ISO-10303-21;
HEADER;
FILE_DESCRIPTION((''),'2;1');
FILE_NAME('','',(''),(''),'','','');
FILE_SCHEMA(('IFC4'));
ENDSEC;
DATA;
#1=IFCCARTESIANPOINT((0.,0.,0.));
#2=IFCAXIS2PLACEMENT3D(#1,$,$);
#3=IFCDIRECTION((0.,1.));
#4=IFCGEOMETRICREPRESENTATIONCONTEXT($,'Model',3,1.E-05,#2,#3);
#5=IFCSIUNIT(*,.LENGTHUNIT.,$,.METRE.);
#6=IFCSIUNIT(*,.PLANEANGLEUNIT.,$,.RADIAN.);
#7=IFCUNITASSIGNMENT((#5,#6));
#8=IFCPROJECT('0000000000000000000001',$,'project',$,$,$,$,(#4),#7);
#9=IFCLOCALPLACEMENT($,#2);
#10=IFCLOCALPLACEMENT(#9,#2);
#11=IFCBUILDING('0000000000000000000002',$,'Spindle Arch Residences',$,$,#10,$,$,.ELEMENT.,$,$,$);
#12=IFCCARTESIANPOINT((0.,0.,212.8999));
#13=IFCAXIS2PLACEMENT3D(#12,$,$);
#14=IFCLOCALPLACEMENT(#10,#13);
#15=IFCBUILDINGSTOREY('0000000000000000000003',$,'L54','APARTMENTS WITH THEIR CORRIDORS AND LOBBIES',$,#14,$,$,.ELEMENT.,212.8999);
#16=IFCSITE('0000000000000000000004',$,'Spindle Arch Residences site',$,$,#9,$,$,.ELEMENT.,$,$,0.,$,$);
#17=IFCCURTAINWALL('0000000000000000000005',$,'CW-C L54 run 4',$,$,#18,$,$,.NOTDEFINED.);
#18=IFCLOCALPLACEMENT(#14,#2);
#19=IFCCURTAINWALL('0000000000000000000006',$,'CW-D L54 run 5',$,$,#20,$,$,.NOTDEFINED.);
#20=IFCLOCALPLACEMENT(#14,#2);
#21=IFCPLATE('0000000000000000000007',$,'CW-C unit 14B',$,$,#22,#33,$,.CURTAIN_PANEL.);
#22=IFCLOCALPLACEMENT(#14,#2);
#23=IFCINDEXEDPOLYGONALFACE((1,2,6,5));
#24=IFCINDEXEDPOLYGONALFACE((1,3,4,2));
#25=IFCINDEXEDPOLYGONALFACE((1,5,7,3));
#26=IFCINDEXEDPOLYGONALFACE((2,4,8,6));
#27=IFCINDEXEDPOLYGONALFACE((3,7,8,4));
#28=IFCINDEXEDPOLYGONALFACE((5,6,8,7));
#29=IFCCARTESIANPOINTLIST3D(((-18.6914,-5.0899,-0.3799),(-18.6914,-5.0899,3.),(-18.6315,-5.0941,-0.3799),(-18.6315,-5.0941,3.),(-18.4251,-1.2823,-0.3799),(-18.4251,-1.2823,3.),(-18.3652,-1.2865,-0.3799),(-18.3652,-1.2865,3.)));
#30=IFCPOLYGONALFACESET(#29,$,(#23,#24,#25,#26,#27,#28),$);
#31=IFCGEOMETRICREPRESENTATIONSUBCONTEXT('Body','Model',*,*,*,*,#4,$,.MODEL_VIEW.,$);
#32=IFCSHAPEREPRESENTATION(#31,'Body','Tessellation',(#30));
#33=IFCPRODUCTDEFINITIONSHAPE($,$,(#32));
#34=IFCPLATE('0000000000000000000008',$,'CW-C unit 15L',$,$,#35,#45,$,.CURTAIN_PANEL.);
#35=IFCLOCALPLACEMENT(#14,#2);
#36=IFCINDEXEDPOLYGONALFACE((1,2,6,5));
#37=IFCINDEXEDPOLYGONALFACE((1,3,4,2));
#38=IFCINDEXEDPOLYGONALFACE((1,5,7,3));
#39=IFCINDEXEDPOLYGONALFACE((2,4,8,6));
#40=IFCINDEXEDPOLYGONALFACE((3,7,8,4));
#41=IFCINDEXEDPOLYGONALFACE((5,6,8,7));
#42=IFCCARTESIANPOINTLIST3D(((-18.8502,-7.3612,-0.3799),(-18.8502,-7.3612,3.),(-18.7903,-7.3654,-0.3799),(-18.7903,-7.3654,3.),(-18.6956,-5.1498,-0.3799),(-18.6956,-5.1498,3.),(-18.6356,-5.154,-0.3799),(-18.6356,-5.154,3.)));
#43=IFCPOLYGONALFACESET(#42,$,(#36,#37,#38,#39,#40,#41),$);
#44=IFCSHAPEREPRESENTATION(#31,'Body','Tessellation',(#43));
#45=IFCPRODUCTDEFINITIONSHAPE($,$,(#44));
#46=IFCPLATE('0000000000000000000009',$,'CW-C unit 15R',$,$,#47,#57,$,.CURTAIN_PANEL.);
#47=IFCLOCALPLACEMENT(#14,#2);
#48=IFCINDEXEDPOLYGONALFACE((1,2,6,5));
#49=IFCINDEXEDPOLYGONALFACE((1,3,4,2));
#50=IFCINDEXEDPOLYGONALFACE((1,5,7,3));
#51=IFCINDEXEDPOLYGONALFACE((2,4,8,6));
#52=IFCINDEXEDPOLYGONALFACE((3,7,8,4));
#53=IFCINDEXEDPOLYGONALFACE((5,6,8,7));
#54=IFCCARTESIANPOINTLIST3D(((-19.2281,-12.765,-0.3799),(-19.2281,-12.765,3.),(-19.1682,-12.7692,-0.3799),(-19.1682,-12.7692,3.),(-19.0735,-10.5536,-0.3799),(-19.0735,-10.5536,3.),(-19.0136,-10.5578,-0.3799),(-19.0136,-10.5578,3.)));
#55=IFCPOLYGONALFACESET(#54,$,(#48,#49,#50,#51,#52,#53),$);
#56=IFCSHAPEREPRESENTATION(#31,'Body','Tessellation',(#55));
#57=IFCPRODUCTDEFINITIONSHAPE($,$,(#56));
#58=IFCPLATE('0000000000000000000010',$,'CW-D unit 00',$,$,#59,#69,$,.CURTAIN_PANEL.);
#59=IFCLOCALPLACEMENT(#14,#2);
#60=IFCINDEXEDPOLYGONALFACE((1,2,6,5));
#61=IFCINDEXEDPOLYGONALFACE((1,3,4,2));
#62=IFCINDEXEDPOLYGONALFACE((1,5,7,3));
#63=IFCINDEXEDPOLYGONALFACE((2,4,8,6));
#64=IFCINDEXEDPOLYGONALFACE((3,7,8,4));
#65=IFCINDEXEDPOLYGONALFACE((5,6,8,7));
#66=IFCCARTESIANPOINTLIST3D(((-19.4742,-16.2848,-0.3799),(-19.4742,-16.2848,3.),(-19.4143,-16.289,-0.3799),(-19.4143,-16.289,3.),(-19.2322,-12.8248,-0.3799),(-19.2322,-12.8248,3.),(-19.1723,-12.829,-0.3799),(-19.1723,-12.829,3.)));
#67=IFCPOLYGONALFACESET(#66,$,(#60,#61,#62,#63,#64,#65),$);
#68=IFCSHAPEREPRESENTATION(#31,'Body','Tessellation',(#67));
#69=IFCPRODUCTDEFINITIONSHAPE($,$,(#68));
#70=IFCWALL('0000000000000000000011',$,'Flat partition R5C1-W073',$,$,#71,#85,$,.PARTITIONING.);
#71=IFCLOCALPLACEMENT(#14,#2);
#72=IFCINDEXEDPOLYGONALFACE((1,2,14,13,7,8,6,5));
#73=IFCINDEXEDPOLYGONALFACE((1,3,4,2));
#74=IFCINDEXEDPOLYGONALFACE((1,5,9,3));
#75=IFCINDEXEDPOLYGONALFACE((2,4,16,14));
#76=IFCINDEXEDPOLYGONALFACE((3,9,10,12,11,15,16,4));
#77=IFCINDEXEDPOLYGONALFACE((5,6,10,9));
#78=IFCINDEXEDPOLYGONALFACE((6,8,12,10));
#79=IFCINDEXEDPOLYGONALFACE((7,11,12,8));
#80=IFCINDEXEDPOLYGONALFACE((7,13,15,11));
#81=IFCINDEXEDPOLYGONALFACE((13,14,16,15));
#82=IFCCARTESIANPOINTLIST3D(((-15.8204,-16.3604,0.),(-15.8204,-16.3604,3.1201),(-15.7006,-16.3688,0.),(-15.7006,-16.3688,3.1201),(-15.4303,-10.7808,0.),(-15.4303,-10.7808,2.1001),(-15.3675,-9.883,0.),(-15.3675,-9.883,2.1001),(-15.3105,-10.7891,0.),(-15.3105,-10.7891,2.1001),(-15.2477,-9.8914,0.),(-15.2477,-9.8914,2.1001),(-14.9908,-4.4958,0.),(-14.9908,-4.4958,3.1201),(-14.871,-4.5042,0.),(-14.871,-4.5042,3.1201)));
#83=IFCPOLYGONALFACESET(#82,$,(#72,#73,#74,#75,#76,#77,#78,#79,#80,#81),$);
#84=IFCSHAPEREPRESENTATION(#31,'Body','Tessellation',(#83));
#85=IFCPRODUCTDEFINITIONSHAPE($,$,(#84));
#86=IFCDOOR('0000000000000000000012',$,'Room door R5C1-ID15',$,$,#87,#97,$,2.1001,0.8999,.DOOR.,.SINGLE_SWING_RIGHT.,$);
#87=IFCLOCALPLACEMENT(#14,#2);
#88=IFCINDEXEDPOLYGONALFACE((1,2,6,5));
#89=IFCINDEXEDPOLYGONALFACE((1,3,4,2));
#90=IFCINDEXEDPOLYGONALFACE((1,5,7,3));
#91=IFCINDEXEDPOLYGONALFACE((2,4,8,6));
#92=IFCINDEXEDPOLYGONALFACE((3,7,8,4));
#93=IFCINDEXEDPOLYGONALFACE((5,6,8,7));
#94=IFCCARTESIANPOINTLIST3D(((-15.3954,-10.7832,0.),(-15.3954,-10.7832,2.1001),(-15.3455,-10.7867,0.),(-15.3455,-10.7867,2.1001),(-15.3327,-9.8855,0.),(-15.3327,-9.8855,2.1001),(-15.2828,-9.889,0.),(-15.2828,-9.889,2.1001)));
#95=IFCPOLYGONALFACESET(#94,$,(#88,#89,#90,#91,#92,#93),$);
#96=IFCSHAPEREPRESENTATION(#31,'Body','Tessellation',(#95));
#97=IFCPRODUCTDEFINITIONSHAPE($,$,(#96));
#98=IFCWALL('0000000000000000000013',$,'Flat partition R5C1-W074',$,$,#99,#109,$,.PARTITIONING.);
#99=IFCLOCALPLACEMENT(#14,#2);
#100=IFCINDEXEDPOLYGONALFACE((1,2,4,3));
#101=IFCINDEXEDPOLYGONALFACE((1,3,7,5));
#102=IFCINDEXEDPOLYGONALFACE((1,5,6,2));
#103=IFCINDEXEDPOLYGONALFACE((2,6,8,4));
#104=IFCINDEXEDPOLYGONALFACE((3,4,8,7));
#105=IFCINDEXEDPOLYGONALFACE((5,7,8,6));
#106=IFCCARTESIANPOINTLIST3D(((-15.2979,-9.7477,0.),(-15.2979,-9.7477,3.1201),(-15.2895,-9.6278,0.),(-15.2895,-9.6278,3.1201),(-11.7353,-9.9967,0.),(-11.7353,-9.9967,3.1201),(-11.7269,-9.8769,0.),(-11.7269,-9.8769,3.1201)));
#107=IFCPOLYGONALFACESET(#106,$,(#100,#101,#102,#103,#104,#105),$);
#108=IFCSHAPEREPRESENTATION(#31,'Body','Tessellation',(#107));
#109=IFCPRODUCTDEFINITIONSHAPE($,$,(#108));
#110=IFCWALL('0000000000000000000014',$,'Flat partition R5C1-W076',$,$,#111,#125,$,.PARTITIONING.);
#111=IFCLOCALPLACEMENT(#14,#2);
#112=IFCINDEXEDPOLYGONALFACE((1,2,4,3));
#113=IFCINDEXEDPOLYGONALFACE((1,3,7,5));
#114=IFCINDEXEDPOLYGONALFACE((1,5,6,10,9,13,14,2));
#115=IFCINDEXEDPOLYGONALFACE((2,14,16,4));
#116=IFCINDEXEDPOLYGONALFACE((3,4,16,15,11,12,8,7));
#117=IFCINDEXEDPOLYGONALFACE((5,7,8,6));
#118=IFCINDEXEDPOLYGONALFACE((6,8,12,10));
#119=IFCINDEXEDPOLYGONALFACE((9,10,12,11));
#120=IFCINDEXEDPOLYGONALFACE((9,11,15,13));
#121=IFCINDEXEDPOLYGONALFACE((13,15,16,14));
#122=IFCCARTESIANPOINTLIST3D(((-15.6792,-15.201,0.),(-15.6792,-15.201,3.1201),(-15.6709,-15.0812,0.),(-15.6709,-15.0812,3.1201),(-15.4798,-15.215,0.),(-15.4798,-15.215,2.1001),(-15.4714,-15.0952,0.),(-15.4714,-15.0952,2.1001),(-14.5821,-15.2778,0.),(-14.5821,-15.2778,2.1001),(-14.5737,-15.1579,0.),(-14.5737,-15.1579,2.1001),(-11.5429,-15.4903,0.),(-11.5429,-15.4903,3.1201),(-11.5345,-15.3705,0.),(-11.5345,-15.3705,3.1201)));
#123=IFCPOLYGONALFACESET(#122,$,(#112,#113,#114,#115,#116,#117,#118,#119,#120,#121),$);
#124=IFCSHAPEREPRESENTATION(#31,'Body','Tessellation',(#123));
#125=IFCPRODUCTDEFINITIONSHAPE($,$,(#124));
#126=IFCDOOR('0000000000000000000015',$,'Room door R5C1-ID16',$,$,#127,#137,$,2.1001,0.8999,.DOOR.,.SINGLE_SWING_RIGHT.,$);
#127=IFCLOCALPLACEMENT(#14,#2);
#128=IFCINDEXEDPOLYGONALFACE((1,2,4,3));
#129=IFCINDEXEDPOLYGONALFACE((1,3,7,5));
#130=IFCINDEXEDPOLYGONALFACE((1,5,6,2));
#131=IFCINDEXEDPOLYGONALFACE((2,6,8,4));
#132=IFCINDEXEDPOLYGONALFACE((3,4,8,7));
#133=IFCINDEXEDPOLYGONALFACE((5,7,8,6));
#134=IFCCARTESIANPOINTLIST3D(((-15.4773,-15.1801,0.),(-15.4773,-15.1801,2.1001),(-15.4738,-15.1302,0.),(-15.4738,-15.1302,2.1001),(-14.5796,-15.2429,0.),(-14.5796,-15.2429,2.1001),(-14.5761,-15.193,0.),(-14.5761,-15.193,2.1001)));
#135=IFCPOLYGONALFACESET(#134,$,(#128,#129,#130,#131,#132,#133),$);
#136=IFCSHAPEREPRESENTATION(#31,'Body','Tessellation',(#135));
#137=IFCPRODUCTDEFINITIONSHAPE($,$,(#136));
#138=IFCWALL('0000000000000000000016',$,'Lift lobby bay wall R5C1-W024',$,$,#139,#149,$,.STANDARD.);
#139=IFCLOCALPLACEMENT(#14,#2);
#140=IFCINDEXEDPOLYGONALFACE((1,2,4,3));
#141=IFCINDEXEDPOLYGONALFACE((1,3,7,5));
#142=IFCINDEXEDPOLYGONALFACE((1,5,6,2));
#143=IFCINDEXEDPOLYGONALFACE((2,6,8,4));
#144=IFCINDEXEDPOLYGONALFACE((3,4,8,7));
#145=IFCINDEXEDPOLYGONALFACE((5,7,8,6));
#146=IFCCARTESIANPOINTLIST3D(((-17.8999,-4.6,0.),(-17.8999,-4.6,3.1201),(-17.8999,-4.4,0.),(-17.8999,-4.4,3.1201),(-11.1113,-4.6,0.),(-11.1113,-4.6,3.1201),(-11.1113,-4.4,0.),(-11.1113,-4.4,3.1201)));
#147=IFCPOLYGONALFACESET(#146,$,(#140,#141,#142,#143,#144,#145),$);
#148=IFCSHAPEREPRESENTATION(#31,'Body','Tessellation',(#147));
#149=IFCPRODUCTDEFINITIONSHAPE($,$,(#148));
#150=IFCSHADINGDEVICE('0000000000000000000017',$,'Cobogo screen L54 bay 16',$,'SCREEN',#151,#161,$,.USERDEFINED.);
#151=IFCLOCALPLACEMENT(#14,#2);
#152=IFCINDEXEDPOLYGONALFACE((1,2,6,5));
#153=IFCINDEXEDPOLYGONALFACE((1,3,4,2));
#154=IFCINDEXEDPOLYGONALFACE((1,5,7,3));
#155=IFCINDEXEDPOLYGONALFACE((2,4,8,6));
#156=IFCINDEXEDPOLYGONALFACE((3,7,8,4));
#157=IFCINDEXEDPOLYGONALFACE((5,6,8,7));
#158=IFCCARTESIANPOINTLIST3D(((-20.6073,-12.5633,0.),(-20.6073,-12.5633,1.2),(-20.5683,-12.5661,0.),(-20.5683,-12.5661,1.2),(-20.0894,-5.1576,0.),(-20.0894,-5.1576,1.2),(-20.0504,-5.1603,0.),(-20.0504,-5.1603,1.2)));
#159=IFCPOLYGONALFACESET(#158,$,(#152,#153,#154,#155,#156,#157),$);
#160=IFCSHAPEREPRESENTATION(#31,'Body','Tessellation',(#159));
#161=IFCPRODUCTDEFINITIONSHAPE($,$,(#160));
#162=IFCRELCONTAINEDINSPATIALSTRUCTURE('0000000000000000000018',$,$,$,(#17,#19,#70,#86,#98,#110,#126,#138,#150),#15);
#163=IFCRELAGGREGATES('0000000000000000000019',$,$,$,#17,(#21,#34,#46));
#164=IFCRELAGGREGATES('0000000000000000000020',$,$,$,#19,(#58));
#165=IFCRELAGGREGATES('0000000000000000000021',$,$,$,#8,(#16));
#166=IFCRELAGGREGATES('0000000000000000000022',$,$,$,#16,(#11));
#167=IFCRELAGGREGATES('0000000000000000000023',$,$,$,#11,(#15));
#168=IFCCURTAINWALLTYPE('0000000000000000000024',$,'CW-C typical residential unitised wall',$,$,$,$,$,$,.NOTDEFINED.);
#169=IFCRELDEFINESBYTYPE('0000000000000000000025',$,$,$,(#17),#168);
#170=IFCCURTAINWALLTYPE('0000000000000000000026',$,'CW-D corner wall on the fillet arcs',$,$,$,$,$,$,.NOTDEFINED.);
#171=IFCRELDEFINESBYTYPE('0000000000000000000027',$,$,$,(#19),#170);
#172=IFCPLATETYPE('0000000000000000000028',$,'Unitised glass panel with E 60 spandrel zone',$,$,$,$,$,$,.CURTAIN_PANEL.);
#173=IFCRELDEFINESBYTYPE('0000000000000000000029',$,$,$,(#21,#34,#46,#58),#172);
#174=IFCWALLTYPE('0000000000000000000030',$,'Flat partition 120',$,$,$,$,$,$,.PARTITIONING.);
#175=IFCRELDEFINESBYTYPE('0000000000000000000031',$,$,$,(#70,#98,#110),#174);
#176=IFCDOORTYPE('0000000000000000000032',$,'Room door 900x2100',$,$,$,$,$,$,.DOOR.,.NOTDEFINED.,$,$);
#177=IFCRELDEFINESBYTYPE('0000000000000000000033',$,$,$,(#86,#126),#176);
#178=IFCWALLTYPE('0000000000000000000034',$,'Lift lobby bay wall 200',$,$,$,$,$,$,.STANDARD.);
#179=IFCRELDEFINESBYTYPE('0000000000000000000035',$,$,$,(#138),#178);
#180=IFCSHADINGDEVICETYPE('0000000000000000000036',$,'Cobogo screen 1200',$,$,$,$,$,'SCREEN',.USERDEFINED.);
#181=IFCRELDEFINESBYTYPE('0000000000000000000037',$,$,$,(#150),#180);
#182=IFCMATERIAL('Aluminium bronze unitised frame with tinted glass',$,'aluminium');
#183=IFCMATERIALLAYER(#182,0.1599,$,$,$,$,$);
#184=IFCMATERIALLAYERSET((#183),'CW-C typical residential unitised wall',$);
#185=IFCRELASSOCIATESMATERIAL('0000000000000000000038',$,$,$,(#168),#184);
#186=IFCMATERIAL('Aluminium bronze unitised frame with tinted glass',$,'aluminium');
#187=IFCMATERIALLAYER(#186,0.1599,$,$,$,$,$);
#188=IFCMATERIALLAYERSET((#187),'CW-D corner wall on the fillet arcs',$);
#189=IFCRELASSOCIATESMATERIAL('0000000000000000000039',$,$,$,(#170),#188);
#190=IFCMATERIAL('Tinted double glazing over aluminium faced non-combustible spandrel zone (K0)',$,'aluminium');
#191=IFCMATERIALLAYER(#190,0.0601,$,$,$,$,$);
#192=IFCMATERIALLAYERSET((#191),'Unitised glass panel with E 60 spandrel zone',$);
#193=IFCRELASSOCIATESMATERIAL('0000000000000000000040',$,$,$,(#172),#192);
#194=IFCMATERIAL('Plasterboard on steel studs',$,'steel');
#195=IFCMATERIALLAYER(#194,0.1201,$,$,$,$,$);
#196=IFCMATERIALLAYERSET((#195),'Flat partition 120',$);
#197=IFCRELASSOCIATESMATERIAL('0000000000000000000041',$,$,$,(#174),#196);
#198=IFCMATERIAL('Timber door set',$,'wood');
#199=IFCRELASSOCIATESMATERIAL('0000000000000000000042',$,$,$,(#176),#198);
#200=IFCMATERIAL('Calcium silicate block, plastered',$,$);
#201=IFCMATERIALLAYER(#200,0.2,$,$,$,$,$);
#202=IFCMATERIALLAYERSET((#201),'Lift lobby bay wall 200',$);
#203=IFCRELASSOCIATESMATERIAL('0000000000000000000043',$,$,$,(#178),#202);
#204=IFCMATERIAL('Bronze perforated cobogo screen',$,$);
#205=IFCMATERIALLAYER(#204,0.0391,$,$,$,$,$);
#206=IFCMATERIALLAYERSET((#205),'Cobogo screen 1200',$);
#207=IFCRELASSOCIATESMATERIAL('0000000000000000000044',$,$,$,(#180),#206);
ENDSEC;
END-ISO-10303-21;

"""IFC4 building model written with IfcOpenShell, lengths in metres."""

from ifc_helpers import new_model, si_unit, direction, frame, frame_2d, origin, origin_2d, place, context, subcontext, project, spatial, rectangle, extrude, material, layer, layer_set, type_object, element, fill, aggregate, save


model = new_model("IFC4")

# Units and contexts
model_context = context("Model", 3, precision=1e-05, world=origin(), true_north=direction((0.0, 1.0)))
body_context = subcontext(model_context, "Body", "Model", "MODEL_VIEW")
ifc_project = project(units=[si_unit("LENGTHUNIT", "METRE"), si_unit("PLANEANGLEUNIT", "RADIAN")], contexts=[model_context])

# Site, building, storey
site_placement = place(None, origin())
site = spatial("IfcSite", under=ifc_project, at=site_placement, Name="Spindle Arch Residences site", CompositionType="ELEMENT", RefElevation=0.0)
building_placement = place(site_placement, origin())
building = spatial("IfcBuilding", under=site, at=building_placement, Name="Spindle Arch Residences", CompositionType="ELEMENT")
storey_placement = place(building_placement, frame((0.0, 0.0, 212.8999)))
storey = spatial("IfcBuildingStorey", under=building, at=storey_placement, Name="L54", Description="APARTMENTS WITH THEIR CORRIDORS AND LOBBIES", CompositionType="ELEMENT", Elevation=212.8999)

# Curtain wall
ifc_material_1 = material(Name="Aluminium bronze unitised frame with tinted glass", Category="aluminium")
ifc_layer_1 = layer(ifc_material_1, 0.1599)
ifc_layer_set_1 = layer_set([ifc_layer_1], Name="CW-C typical residential unitised wall")
curtain_wall_type_1 = type_object("IfcCurtainWallType", Name="CW-C typical residential unitised wall", PredefinedType="NOTDEFINED", material=ifc_layer_set_1)
curtain_wall_1_placement = place(storey_placement, origin())
curtain_wall_1 = element("IfcCurtainWall", 1, at=curtain_wall_1_placement, inside=storey, type_object=curtain_wall_type_1, Name="CW-C L54 run 4", PredefinedType="NOTDEFINED")

# Curtain wall
ifc_material_2 = material(Name="Aluminium bronze unitised frame with tinted glass", Category="aluminium")
ifc_layer_2 = layer(ifc_material_2, 0.1599)
ifc_layer_set_2 = layer_set([ifc_layer_2], Name="CW-D corner wall on the fillet arcs")
curtain_wall_type_2 = type_object("IfcCurtainWallType", Name="CW-D corner wall on the fillet arcs", PredefinedType="NOTDEFINED", material=ifc_layer_set_2)
curtain_wall_2_placement = place(storey_placement, origin())
curtain_wall_2 = element("IfcCurtainWall", 2, at=curtain_wall_2_placement, inside=storey, type_object=curtain_wall_type_2, Name="CW-D L54 run 5", PredefinedType="NOTDEFINED")

# Plates
ifc_material_3 = material(Name="Tinted double glazing over aluminium faced non-combustible spandrel zone (K0)", Category="aluminium")
ifc_layer_3 = layer(ifc_material_3, 0.0601)
ifc_layer_set_3 = layer_set([ifc_layer_3], Name="Unitised glass panel with E 60 spandrel zone")
plate_type = type_object("IfcPlateType", Name="Unitised glass panel with E 60 spandrel zone", PredefinedType="CURTAIN_PANEL", material=ifc_layer_set_3)
plate_1_placement = place(storey_placement, frame((-18.5283, -3.1882, -0.3799), z_axis=(0.0, 0.0, 1.0), x_axis=(-0.069756, -0.997564, 0.0)))
plate_1 = element("IfcPlate", 3, at=plate_1_placement, type_object=plate_type, Name="CW-C unit 14B", PredefinedType="CURTAIN_PANEL", context=body_context, shape_type="SweptSolid", body=[
    extrude(rectangle(XDim=3.8169, YDim=0.0601, at=origin_2d()), origin(), (0.0, 0.0, 1.0), 3.3799),
])
plate_2_placement = place(storey_placement, frame((-18.7429, -6.2576, -0.3799), z_axis=(0.0, 0.0, 1.0), x_axis=(-0.069756, -0.997564, 0.0)))
plate_2 = element("IfcPlate", 4, at=plate_2_placement, type_object=plate_type, Name="CW-C unit 15L", PredefinedType="CURTAIN_PANEL", context=body_context, shape_type="SweptSolid", body=[
    extrude(rectangle(XDim=2.2168, YDim=0.0601, at=origin_2d()), origin(), (0.0, 0.0, 1.0), 3.3799),
])
plate_3_placement = place(storey_placement, frame((-19.1208, -11.6614, -0.3799), z_axis=(0.0, 0.0, 1.0), x_axis=(-0.069756, -0.997564, 0.0)))
plate_3 = element("IfcPlate", 5, at=plate_3_placement, type_object=plate_type, Name="CW-C unit 15R", PredefinedType="CURTAIN_PANEL", context=body_context, shape_type="SweptSolid", body=[
    extrude(rectangle(XDim=2.2168, YDim=0.0601, at=origin_2d()), origin(), (0.0, 0.0, 1.0), 3.3799),
])
aggregate(curtain_wall_1, [plate_1, plate_2, plate_3])
plate_4_placement = place(storey_placement, frame((-19.3232, -14.5569, -0.3799), z_axis=(0.0, 0.0, 1.0), x_axis=(-0.069756, -0.997564, 0.0)))
plate_4 = element("IfcPlate", 6, at=plate_4_placement, type_object=plate_type, Name="CW-D unit 00", PredefinedType="CURTAIN_PANEL", context=body_context, shape_type="SweptSolid", body=[
    extrude(rectangle(XDim=3.4685, YDim=0.0601, at=origin_2d()), origin(), (0.0, 0.0, 1.0), 3.3799),
])
aggregate(curtain_wall_2, [plate_4])

# Wall, opening, door
ifc_material_4 = material(Name="Plasterboard on steel studs", Category="steel")
ifc_layer_4 = layer(ifc_material_4, 0.1201)
ifc_layer_set_4 = layer_set([ifc_layer_4], Name="Flat partition 120")
wall_type_1 = type_object("IfcWallType", Name="Flat partition 120", PredefinedType="PARTITIONING", material=ifc_layer_set_4)
wall_1_placement = place(storey_placement, frame((-14.9309, -4.5, 0.0), z_axis=(0.0, 0.0, 1.0), x_axis=(-0.069752, -0.997564, 0.0)))
wall_1 = element("IfcWall", 7, at=wall_1_placement, inside=storey, type_object=wall_type_1, Name="Flat partition R5C1-W073", PredefinedType="PARTITIONING", context=body_context, shape_type="SweptSolid", body=[
    extrude(rectangle(XDim=11.8936, YDim=0.1201, at=frame_2d((5.9468, 0.0))), origin(), (0.0, 0.0, 1.0), 3.1201),
])
opening_1_placement = place(wall_1_placement, frame((5.4004, 0.0, 0.0)))
opening_1 = element("IfcOpeningElement", 8, at=opening_1_placement, cuts=wall_1, PredefinedType="OPENING", context=body_context, shape_type="SweptSolid", body=[
    extrude(rectangle(XDim=0.8999, YDim=2.1001, at=frame_2d((0.45, 1.05))), frame((0.0, 0.0701, 0.0), z_axis=(0.0, -1.0, 0.0), x_axis=(1.0, 0.0, 0.0)), (0.0, 0.0, 1.0), 0.1401),
])
ifc_material_5 = material(Name="Timber door set", Category="wood")
door_type_1 = type_object("IfcDoorType", Name="Room door 900x2100", OperationType="NOTDEFINED", PredefinedType="DOOR", material=ifc_material_5)
door_1_placement = place(opening_1_placement, origin())
door_1 = element("IfcDoor", 9, at=door_1_placement, inside=storey, type_object=door_type_1, Name="Room door R5C1-ID15", OperationType="SINGLE_SWING_RIGHT", OverallHeight=2.1001, OverallWidth=0.8999, PredefinedType="DOOR", context=body_context, shape_type="SweptSolid", body=[
    extrude(rectangle(XDim=0.8999, YDim=2.1001, at=frame_2d((0.45, 1.05))), frame((0.0, 0.0249, 0.0), z_axis=(0.0, -1.0, 0.0), x_axis=(1.0, 0.0, 0.0)), (0.0, 0.0, 1.0), 0.05),
])
fill(opening_1, door_1)

# Wall
wall_2_placement = place(storey_placement, frame((-15.2937, -9.6877, 0.0), z_axis=(0.0, 0.0, 1.0), x_axis=(0.997566, -0.069731, 0.0)))
element("IfcWall", 10, at=wall_2_placement, inside=storey, type_object=wall_type_1, Name="Flat partition R5C1-W074", PredefinedType="PARTITIONING", context=body_context, shape_type="SweptSolid", body=[
    extrude(rectangle(XDim=3.5713, YDim=0.1201, at=frame_2d((1.7856, 0.0))), origin(), (0.0, 0.0, 1.0), 3.1201),
])

# Wall, opening, door
wall_3_placement = place(storey_placement, frame((-15.675, -15.1411, 0.0), z_axis=(0.0, 0.0, 1.0), x_axis=(0.997563, -0.06977, 0.0)))
wall_3 = element("IfcWall", 11, at=wall_3_placement, inside=storey, type_object=wall_type_1, Name="Flat partition R5C1-W076", PredefinedType="PARTITIONING", context=body_context, shape_type="SweptSolid", body=[
    extrude(rectangle(XDim=4.1465, YDim=0.1201, at=frame_2d((2.0732, 0.0))), origin(), (0.0, 0.0, 1.0), 3.1201),
])
opening_2_placement = place(wall_3_placement, frame((0.2, 0.0, 0.0)))
opening_2 = element("IfcOpeningElement", 12, at=opening_2_placement, cuts=wall_3, PredefinedType="OPENING", context=body_context, shape_type="SweptSolid", body=[
    extrude(rectangle(XDim=0.8999, YDim=2.1001, at=frame_2d((0.45, 1.05))), frame((0.0, 0.0701, 0.0), z_axis=(0.0, -1.0, 0.0), x_axis=(1.0, 0.0, 0.0)), (0.0, 0.0, 1.0), 0.1401),
])
door_2_placement = place(opening_2_placement, origin())
door_2 = element("IfcDoor", 13, at=door_2_placement, inside=storey, type_object=door_type_1, Name="Room door R5C1-ID16", OperationType="SINGLE_SWING_RIGHT", OverallHeight=2.1001, OverallWidth=0.8999, PredefinedType="DOOR", context=body_context, shape_type="SweptSolid", body=[
    extrude(rectangle(XDim=0.8999, YDim=2.1001, at=frame_2d((0.45, 1.05))), frame((0.0, 0.0249, 0.0), z_axis=(0.0, -1.0, 0.0), x_axis=(1.0, 0.0, 0.0)), (0.0, 0.0, 1.0), 0.05),
])
fill(opening_2, door_2)

# Wall
ifc_material_6 = material(Name="Calcium silicate block, plastered")
ifc_layer_5 = layer(ifc_material_6, 0.2)
ifc_layer_set_5 = layer_set([ifc_layer_5], Name="Lift lobby bay wall 200")
wall_type_2 = type_object("IfcWallType", Name="Lift lobby bay wall 200", PredefinedType="STANDARD", material=ifc_layer_set_5)
wall_4_placement = place(storey_placement, frame((-17.8999, -4.5, 0.0), z_axis=(0.0, 0.0, 1.0), x_axis=(1.0, 0.0, 0.0)))
element("IfcWall", 14, at=wall_4_placement, inside=storey, type_object=wall_type_2, Name="Lift lobby bay wall R5C1-W024", PredefinedType="STANDARD", context=body_context, shape_type="SweptSolid", body=[
    extrude(rectangle(XDim=6.7886, YDim=0.2, at=frame_2d((3.3943, 0.0))), origin(), (0.0, 0.0, 1.0), 3.1201),
])

# Shading device
ifc_material_7 = material(Name="Bronze perforated cobogo screen")
ifc_layer_6 = layer(ifc_material_7, 0.0391)
ifc_layer_set_6 = layer_set([ifc_layer_6], Name="Cobogo screen 1200")
shading_device_type = type_object("IfcShadingDeviceType", Name="Cobogo screen 1200", ElementType="SCREEN", PredefinedType="USERDEFINED", material=ifc_layer_set_6)
shading_device_placement = place(storey_placement, frame((-20.3289, -8.8618, 0.0), z_axis=(0.0, 0.0, 1.0), x_axis=(-0.069756, -0.997564, 0.0)))
element("IfcShadingDevice", 15, at=shading_device_placement, inside=storey, type_object=shading_device_type, Name="Cobogo screen L54 bay 16", ObjectType="SCREEN", PredefinedType="USERDEFINED", context=body_context, shape_type="SweptSolid", body=[
    extrude(rectangle(XDim=7.4238, YDim=0.0391, at=origin_2d()), origin(), (0.0, 0.0, 1.0), 1.2),
])

save(model, "model.ifc")
